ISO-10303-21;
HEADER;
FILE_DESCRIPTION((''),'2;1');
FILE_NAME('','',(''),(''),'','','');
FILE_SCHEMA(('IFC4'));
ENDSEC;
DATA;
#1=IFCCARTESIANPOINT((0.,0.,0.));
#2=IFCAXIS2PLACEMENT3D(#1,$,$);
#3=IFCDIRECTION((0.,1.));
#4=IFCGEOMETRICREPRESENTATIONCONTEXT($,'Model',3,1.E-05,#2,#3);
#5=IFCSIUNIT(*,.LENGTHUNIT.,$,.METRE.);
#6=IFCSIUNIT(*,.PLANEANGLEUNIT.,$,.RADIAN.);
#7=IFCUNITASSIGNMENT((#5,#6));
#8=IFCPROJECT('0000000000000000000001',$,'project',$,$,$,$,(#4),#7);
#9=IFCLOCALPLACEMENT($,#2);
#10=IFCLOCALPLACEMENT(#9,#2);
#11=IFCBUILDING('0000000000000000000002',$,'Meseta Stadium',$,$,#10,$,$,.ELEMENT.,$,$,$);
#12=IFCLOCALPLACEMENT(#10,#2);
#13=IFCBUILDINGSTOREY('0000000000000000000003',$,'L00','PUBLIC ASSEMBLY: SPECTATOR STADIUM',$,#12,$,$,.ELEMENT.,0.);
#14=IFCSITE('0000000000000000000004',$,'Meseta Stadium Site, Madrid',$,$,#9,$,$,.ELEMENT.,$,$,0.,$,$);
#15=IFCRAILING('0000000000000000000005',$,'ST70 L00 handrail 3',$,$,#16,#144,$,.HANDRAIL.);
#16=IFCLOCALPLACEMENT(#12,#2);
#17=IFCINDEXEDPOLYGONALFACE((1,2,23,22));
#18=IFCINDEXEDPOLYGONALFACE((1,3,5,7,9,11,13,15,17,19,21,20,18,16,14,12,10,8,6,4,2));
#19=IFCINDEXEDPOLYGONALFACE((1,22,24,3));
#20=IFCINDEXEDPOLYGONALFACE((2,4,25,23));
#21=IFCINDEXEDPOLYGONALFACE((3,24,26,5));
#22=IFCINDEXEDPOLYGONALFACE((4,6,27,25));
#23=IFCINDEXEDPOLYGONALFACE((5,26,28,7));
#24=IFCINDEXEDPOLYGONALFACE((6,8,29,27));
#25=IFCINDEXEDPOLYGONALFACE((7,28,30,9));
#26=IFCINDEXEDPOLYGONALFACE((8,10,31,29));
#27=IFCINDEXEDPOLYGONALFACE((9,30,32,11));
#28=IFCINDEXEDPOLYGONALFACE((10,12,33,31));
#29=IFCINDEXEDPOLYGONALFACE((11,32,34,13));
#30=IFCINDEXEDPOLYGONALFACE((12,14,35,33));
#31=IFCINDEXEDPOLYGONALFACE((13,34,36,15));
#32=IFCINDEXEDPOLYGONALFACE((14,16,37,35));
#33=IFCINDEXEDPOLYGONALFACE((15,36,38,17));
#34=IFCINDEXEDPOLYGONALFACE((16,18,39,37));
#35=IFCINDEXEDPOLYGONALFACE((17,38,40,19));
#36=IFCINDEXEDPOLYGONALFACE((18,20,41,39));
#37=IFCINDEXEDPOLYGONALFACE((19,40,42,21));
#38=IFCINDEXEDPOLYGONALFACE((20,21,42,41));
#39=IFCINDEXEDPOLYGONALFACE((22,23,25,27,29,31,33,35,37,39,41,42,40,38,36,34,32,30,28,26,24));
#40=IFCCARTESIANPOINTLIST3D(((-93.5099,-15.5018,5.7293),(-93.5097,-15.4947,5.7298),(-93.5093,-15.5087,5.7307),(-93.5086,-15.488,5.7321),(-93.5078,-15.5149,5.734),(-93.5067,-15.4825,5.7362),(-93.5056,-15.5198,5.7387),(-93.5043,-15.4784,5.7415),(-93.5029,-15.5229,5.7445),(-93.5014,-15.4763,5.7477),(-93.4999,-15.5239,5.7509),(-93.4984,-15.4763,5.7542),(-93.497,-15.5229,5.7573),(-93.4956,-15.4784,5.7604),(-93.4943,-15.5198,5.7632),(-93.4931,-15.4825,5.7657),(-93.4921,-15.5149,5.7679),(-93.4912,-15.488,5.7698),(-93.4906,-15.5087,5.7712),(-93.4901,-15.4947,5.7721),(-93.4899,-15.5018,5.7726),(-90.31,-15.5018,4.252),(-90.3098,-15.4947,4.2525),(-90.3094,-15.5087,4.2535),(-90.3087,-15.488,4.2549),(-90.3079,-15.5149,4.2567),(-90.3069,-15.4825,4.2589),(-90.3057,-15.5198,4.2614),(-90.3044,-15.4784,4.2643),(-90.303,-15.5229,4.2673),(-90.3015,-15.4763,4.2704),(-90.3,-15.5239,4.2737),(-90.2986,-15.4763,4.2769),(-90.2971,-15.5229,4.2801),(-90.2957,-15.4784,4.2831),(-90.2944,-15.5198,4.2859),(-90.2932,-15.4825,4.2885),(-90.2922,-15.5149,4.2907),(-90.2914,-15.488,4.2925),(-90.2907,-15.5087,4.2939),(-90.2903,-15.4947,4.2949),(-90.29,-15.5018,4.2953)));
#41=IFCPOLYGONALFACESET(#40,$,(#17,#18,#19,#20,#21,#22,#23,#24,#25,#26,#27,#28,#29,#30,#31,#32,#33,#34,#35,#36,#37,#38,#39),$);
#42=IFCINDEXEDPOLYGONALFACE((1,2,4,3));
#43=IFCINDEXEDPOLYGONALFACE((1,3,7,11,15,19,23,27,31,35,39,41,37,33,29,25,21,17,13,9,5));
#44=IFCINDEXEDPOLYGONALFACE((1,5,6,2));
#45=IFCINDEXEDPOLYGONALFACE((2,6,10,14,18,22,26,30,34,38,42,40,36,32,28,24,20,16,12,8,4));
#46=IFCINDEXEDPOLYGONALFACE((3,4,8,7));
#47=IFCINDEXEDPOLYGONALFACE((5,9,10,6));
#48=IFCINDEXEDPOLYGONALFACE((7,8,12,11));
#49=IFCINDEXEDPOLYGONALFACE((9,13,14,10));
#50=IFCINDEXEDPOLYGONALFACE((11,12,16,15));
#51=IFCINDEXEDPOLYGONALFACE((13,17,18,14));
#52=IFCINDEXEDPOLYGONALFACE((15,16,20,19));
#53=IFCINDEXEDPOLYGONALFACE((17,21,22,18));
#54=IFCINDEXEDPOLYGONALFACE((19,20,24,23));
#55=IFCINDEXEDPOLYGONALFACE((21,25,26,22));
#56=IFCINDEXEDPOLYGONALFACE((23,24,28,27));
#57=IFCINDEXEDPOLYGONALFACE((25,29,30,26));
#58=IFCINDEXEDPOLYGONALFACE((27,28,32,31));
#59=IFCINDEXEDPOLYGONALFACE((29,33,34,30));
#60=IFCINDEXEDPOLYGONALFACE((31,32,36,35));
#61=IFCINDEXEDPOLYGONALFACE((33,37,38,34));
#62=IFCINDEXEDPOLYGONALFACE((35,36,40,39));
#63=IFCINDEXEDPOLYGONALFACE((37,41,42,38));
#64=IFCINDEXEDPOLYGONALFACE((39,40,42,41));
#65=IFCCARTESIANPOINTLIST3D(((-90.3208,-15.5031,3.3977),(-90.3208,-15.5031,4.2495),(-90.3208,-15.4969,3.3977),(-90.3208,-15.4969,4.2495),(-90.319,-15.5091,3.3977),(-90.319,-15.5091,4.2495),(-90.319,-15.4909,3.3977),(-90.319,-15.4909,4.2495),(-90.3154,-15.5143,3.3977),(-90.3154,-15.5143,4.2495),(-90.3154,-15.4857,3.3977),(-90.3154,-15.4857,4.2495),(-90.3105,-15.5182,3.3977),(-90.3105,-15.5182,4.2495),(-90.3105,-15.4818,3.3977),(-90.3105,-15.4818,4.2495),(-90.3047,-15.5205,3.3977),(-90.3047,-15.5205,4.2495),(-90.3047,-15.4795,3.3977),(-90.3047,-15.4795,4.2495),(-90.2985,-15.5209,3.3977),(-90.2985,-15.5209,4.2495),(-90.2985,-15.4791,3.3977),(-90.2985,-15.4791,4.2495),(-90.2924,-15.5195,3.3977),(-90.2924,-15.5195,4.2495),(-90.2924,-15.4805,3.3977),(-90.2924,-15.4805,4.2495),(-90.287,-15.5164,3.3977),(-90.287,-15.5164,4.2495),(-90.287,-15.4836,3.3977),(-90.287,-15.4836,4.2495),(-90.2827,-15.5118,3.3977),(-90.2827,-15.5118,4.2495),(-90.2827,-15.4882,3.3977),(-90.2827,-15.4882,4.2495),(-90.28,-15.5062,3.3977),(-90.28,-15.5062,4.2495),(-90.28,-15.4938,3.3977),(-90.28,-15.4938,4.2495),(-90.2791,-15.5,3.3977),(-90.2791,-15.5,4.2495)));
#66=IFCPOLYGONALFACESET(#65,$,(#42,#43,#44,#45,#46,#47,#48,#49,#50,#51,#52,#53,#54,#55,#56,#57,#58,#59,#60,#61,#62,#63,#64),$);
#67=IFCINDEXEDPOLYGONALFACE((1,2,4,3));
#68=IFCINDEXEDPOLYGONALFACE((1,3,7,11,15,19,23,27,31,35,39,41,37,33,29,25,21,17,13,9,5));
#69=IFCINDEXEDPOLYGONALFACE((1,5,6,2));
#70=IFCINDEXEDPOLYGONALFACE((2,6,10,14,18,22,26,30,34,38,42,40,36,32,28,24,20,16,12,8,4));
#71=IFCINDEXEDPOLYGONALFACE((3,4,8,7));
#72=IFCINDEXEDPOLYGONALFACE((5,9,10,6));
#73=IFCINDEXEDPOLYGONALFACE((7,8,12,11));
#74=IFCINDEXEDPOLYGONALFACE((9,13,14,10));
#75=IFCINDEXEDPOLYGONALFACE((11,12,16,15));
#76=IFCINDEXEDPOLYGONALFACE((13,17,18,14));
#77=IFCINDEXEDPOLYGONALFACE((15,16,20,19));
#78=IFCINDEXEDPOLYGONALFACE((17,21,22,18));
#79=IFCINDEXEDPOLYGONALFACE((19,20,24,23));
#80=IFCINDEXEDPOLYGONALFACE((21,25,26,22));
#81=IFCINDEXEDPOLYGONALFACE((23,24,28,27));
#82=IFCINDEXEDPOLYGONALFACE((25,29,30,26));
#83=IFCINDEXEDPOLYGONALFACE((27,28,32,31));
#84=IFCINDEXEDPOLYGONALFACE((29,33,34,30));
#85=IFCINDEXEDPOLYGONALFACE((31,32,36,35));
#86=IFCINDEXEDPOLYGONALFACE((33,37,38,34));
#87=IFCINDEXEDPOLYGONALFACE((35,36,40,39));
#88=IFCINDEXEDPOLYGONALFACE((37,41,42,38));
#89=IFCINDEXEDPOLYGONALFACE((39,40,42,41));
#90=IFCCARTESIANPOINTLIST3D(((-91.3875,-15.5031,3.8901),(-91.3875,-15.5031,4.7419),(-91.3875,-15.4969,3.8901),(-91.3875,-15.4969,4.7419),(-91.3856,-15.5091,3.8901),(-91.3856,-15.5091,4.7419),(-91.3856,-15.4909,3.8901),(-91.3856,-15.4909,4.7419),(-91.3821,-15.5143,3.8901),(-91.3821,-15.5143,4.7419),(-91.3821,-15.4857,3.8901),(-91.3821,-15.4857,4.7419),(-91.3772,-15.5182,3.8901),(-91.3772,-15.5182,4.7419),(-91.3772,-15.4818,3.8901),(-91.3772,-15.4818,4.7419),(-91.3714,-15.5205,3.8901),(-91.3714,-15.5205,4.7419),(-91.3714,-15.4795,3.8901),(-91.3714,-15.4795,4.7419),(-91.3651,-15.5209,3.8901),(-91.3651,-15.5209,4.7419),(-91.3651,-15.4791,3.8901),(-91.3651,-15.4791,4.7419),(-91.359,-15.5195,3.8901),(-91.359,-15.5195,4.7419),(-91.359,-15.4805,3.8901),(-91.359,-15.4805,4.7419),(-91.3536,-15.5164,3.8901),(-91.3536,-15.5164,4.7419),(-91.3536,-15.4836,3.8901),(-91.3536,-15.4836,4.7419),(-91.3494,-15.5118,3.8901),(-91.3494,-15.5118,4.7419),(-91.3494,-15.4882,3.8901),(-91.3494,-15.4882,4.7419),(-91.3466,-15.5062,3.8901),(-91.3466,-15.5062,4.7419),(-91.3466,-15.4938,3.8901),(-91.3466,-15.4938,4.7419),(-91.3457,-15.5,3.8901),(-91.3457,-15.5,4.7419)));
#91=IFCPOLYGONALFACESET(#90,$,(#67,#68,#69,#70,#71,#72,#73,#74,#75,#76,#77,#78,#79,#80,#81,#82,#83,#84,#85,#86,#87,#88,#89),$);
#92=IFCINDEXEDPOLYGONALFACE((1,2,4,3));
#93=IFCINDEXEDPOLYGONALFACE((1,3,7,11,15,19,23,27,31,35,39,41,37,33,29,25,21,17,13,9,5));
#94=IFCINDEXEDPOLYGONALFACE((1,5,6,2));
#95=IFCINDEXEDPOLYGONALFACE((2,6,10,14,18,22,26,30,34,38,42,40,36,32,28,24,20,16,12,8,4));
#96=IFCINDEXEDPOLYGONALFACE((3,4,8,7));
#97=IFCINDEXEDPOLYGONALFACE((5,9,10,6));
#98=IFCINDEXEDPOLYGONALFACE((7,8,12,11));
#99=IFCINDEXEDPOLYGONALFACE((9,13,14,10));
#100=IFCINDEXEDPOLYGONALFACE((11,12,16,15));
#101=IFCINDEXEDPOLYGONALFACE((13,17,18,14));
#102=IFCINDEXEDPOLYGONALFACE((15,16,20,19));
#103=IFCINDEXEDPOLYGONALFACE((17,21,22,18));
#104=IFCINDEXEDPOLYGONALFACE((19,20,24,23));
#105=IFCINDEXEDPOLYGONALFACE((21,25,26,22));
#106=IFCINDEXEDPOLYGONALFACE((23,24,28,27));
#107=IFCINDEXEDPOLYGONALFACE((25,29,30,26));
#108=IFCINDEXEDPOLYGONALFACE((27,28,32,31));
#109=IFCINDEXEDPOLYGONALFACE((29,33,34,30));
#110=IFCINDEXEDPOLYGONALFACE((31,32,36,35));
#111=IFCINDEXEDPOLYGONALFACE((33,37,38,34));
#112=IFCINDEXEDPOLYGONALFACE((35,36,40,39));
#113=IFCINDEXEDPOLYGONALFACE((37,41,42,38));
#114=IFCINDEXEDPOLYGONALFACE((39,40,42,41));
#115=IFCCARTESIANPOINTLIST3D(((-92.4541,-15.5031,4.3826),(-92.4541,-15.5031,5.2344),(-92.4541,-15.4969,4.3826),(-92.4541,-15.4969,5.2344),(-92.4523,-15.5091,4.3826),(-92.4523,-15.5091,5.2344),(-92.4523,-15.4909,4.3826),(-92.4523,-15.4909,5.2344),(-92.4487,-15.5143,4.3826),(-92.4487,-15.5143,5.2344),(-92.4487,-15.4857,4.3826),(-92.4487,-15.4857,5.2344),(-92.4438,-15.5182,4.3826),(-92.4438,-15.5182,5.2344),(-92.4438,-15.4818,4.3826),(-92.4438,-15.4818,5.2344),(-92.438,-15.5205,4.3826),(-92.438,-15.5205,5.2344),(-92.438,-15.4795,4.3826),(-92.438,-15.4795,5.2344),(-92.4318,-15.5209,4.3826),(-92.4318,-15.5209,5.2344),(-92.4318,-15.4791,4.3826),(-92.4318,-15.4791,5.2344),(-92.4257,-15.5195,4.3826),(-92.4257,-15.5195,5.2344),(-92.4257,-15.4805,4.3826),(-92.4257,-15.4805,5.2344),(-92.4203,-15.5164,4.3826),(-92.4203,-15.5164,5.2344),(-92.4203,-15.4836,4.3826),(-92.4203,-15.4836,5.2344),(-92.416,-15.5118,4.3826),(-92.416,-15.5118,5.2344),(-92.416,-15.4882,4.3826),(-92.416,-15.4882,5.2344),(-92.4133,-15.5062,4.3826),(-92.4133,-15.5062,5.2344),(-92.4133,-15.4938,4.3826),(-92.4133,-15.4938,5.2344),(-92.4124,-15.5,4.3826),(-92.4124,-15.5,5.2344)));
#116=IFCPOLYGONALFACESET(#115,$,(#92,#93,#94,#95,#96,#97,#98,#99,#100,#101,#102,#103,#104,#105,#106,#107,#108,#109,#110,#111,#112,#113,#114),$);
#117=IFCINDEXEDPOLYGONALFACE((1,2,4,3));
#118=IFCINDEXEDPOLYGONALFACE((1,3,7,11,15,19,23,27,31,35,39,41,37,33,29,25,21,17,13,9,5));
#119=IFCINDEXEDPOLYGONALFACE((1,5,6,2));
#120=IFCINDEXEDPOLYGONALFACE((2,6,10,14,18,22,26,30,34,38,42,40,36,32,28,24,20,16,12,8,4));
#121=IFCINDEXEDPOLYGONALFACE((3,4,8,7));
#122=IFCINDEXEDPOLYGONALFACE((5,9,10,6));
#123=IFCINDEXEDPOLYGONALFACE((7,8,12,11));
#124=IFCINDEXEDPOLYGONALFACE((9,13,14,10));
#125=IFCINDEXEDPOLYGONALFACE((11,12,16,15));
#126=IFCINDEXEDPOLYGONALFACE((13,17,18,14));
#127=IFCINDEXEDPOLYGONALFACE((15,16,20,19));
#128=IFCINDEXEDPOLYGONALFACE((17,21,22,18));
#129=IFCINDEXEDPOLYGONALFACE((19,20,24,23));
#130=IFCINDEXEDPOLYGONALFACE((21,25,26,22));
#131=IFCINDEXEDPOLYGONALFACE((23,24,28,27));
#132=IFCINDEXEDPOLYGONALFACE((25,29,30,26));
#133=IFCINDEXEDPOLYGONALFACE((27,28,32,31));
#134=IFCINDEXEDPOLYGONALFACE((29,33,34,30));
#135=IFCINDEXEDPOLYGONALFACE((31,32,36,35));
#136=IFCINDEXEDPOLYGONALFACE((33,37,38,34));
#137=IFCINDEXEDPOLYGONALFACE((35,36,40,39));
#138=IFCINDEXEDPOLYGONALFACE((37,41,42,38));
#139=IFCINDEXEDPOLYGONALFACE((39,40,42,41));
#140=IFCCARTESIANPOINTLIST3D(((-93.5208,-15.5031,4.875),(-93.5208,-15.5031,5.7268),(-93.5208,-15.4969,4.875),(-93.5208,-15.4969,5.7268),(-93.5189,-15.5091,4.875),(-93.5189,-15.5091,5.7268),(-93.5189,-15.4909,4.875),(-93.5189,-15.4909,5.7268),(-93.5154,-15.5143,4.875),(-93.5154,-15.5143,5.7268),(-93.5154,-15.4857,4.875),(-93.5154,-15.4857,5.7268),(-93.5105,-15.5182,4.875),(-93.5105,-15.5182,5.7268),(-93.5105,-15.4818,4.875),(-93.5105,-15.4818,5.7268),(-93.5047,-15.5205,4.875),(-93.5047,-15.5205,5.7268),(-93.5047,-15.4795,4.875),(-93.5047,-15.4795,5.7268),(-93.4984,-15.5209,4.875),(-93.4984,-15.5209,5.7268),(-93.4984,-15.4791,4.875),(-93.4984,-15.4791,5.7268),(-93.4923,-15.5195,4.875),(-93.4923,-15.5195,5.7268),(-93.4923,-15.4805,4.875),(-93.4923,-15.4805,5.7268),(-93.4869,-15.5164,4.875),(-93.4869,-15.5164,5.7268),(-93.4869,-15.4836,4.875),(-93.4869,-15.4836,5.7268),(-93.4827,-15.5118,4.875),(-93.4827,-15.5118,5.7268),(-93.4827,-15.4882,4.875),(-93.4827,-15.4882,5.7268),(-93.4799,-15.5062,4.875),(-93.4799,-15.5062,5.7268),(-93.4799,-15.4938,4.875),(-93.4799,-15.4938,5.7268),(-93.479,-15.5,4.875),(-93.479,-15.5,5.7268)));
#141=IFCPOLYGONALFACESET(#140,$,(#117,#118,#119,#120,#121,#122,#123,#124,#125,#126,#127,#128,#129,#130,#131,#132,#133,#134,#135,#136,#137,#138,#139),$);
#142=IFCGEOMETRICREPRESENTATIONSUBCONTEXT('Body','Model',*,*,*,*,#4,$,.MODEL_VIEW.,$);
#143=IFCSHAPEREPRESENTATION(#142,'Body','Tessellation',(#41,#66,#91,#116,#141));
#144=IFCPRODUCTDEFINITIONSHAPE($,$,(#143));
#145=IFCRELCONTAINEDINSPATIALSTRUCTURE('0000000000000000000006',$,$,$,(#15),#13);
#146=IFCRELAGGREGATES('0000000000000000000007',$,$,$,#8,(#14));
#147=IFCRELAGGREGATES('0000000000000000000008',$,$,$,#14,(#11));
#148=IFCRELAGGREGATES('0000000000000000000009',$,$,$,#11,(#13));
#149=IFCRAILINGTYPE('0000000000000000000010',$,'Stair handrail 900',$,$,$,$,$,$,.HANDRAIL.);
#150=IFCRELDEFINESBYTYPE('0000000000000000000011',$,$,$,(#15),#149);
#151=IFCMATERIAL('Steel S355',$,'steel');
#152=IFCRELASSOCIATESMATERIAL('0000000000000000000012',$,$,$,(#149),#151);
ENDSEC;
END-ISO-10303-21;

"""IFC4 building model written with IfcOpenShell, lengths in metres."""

from ifc_helpers import new_model, si_unit, direction, frame, origin, origin_2d, place, context, subcontext, project, spatial, circle, extrude, material, type_object, element, save


model = new_model("IFC4")

# Units and contexts
model_context = context("Model", 3, precision=1e-05, world=origin(), true_north=direction((0.0, 1.0)))
body_context = subcontext(model_context, "Body", "Model", "MODEL_VIEW")
ifc_project = project(units=[si_unit("LENGTHUNIT", "METRE"), si_unit("PLANEANGLEUNIT", "RADIAN")], contexts=[model_context])

# Site, building, storey
site_placement = place(None, origin())
site = spatial("IfcSite", under=ifc_project, at=site_placement, Name="Meseta Stadium Site, Madrid", CompositionType="ELEMENT", RefElevation=0.0)
building_placement = place(site_placement, origin())
building = spatial("IfcBuilding", under=site, at=building_placement, Name="Meseta Stadium", CompositionType="ELEMENT")
storey_placement = place(building_placement, origin())
storey = spatial("IfcBuildingStorey", under=building, at=storey_placement, Name="L00", Description="PUBLIC ASSEMBLY: SPECTATOR STADIUM", CompositionType="ELEMENT", Elevation=0.0)

# Railing
ifc_material_1 = material(Name="Steel S355", Category="steel")
railing_type_1 = type_object("IfcRailingType", Name="Stair handrail 900", PredefinedType="HANDRAIL", material=ifc_material_1)
for number, where, name in (
    (1, (-90.3, -15.5, 3.3977), "ST70 L00 handrail 3"),
):
    element("IfcRailing", number, at=place(storey_placement, frame(where)), inside=storey, type_object=railing_type_1, Name=name, PredefinedType="HANDRAIL", context=body_context, shape_type="SweptSolid", body=[
        extrude(circle(Radius=0.0239, at=origin_2d()), frame((0.0, 0.0, 0.876), z_axis=(-0.907917, 0.0, 0.41915), x_axis=(0.0, -1.0, 0.0)), (0.0, 0.0, 1.0), 3.5244),
        extrude(circle(Radius=0.021, at=origin_2d()), origin(), (0.0, 0.0, 1.0), 0.8518),
        extrude(circle(Radius=0.021, at=origin_2d()), frame((-1.0667, 0.0, 0.4924)), (0.0, 0.0, 1.0), 0.8518),
        extrude(circle(Radius=0.021, at=origin_2d()), frame((-2.1333, 0.0, 0.9849)), (0.0, 0.0, 1.0), 0.8518),
        extrude(circle(Radius=0.021, at=origin_2d()), frame((-3.2, 0.0, 1.4773)), (0.0, 0.0, 1.0), 0.8518),
    ])

save(model, "model.ifc")
